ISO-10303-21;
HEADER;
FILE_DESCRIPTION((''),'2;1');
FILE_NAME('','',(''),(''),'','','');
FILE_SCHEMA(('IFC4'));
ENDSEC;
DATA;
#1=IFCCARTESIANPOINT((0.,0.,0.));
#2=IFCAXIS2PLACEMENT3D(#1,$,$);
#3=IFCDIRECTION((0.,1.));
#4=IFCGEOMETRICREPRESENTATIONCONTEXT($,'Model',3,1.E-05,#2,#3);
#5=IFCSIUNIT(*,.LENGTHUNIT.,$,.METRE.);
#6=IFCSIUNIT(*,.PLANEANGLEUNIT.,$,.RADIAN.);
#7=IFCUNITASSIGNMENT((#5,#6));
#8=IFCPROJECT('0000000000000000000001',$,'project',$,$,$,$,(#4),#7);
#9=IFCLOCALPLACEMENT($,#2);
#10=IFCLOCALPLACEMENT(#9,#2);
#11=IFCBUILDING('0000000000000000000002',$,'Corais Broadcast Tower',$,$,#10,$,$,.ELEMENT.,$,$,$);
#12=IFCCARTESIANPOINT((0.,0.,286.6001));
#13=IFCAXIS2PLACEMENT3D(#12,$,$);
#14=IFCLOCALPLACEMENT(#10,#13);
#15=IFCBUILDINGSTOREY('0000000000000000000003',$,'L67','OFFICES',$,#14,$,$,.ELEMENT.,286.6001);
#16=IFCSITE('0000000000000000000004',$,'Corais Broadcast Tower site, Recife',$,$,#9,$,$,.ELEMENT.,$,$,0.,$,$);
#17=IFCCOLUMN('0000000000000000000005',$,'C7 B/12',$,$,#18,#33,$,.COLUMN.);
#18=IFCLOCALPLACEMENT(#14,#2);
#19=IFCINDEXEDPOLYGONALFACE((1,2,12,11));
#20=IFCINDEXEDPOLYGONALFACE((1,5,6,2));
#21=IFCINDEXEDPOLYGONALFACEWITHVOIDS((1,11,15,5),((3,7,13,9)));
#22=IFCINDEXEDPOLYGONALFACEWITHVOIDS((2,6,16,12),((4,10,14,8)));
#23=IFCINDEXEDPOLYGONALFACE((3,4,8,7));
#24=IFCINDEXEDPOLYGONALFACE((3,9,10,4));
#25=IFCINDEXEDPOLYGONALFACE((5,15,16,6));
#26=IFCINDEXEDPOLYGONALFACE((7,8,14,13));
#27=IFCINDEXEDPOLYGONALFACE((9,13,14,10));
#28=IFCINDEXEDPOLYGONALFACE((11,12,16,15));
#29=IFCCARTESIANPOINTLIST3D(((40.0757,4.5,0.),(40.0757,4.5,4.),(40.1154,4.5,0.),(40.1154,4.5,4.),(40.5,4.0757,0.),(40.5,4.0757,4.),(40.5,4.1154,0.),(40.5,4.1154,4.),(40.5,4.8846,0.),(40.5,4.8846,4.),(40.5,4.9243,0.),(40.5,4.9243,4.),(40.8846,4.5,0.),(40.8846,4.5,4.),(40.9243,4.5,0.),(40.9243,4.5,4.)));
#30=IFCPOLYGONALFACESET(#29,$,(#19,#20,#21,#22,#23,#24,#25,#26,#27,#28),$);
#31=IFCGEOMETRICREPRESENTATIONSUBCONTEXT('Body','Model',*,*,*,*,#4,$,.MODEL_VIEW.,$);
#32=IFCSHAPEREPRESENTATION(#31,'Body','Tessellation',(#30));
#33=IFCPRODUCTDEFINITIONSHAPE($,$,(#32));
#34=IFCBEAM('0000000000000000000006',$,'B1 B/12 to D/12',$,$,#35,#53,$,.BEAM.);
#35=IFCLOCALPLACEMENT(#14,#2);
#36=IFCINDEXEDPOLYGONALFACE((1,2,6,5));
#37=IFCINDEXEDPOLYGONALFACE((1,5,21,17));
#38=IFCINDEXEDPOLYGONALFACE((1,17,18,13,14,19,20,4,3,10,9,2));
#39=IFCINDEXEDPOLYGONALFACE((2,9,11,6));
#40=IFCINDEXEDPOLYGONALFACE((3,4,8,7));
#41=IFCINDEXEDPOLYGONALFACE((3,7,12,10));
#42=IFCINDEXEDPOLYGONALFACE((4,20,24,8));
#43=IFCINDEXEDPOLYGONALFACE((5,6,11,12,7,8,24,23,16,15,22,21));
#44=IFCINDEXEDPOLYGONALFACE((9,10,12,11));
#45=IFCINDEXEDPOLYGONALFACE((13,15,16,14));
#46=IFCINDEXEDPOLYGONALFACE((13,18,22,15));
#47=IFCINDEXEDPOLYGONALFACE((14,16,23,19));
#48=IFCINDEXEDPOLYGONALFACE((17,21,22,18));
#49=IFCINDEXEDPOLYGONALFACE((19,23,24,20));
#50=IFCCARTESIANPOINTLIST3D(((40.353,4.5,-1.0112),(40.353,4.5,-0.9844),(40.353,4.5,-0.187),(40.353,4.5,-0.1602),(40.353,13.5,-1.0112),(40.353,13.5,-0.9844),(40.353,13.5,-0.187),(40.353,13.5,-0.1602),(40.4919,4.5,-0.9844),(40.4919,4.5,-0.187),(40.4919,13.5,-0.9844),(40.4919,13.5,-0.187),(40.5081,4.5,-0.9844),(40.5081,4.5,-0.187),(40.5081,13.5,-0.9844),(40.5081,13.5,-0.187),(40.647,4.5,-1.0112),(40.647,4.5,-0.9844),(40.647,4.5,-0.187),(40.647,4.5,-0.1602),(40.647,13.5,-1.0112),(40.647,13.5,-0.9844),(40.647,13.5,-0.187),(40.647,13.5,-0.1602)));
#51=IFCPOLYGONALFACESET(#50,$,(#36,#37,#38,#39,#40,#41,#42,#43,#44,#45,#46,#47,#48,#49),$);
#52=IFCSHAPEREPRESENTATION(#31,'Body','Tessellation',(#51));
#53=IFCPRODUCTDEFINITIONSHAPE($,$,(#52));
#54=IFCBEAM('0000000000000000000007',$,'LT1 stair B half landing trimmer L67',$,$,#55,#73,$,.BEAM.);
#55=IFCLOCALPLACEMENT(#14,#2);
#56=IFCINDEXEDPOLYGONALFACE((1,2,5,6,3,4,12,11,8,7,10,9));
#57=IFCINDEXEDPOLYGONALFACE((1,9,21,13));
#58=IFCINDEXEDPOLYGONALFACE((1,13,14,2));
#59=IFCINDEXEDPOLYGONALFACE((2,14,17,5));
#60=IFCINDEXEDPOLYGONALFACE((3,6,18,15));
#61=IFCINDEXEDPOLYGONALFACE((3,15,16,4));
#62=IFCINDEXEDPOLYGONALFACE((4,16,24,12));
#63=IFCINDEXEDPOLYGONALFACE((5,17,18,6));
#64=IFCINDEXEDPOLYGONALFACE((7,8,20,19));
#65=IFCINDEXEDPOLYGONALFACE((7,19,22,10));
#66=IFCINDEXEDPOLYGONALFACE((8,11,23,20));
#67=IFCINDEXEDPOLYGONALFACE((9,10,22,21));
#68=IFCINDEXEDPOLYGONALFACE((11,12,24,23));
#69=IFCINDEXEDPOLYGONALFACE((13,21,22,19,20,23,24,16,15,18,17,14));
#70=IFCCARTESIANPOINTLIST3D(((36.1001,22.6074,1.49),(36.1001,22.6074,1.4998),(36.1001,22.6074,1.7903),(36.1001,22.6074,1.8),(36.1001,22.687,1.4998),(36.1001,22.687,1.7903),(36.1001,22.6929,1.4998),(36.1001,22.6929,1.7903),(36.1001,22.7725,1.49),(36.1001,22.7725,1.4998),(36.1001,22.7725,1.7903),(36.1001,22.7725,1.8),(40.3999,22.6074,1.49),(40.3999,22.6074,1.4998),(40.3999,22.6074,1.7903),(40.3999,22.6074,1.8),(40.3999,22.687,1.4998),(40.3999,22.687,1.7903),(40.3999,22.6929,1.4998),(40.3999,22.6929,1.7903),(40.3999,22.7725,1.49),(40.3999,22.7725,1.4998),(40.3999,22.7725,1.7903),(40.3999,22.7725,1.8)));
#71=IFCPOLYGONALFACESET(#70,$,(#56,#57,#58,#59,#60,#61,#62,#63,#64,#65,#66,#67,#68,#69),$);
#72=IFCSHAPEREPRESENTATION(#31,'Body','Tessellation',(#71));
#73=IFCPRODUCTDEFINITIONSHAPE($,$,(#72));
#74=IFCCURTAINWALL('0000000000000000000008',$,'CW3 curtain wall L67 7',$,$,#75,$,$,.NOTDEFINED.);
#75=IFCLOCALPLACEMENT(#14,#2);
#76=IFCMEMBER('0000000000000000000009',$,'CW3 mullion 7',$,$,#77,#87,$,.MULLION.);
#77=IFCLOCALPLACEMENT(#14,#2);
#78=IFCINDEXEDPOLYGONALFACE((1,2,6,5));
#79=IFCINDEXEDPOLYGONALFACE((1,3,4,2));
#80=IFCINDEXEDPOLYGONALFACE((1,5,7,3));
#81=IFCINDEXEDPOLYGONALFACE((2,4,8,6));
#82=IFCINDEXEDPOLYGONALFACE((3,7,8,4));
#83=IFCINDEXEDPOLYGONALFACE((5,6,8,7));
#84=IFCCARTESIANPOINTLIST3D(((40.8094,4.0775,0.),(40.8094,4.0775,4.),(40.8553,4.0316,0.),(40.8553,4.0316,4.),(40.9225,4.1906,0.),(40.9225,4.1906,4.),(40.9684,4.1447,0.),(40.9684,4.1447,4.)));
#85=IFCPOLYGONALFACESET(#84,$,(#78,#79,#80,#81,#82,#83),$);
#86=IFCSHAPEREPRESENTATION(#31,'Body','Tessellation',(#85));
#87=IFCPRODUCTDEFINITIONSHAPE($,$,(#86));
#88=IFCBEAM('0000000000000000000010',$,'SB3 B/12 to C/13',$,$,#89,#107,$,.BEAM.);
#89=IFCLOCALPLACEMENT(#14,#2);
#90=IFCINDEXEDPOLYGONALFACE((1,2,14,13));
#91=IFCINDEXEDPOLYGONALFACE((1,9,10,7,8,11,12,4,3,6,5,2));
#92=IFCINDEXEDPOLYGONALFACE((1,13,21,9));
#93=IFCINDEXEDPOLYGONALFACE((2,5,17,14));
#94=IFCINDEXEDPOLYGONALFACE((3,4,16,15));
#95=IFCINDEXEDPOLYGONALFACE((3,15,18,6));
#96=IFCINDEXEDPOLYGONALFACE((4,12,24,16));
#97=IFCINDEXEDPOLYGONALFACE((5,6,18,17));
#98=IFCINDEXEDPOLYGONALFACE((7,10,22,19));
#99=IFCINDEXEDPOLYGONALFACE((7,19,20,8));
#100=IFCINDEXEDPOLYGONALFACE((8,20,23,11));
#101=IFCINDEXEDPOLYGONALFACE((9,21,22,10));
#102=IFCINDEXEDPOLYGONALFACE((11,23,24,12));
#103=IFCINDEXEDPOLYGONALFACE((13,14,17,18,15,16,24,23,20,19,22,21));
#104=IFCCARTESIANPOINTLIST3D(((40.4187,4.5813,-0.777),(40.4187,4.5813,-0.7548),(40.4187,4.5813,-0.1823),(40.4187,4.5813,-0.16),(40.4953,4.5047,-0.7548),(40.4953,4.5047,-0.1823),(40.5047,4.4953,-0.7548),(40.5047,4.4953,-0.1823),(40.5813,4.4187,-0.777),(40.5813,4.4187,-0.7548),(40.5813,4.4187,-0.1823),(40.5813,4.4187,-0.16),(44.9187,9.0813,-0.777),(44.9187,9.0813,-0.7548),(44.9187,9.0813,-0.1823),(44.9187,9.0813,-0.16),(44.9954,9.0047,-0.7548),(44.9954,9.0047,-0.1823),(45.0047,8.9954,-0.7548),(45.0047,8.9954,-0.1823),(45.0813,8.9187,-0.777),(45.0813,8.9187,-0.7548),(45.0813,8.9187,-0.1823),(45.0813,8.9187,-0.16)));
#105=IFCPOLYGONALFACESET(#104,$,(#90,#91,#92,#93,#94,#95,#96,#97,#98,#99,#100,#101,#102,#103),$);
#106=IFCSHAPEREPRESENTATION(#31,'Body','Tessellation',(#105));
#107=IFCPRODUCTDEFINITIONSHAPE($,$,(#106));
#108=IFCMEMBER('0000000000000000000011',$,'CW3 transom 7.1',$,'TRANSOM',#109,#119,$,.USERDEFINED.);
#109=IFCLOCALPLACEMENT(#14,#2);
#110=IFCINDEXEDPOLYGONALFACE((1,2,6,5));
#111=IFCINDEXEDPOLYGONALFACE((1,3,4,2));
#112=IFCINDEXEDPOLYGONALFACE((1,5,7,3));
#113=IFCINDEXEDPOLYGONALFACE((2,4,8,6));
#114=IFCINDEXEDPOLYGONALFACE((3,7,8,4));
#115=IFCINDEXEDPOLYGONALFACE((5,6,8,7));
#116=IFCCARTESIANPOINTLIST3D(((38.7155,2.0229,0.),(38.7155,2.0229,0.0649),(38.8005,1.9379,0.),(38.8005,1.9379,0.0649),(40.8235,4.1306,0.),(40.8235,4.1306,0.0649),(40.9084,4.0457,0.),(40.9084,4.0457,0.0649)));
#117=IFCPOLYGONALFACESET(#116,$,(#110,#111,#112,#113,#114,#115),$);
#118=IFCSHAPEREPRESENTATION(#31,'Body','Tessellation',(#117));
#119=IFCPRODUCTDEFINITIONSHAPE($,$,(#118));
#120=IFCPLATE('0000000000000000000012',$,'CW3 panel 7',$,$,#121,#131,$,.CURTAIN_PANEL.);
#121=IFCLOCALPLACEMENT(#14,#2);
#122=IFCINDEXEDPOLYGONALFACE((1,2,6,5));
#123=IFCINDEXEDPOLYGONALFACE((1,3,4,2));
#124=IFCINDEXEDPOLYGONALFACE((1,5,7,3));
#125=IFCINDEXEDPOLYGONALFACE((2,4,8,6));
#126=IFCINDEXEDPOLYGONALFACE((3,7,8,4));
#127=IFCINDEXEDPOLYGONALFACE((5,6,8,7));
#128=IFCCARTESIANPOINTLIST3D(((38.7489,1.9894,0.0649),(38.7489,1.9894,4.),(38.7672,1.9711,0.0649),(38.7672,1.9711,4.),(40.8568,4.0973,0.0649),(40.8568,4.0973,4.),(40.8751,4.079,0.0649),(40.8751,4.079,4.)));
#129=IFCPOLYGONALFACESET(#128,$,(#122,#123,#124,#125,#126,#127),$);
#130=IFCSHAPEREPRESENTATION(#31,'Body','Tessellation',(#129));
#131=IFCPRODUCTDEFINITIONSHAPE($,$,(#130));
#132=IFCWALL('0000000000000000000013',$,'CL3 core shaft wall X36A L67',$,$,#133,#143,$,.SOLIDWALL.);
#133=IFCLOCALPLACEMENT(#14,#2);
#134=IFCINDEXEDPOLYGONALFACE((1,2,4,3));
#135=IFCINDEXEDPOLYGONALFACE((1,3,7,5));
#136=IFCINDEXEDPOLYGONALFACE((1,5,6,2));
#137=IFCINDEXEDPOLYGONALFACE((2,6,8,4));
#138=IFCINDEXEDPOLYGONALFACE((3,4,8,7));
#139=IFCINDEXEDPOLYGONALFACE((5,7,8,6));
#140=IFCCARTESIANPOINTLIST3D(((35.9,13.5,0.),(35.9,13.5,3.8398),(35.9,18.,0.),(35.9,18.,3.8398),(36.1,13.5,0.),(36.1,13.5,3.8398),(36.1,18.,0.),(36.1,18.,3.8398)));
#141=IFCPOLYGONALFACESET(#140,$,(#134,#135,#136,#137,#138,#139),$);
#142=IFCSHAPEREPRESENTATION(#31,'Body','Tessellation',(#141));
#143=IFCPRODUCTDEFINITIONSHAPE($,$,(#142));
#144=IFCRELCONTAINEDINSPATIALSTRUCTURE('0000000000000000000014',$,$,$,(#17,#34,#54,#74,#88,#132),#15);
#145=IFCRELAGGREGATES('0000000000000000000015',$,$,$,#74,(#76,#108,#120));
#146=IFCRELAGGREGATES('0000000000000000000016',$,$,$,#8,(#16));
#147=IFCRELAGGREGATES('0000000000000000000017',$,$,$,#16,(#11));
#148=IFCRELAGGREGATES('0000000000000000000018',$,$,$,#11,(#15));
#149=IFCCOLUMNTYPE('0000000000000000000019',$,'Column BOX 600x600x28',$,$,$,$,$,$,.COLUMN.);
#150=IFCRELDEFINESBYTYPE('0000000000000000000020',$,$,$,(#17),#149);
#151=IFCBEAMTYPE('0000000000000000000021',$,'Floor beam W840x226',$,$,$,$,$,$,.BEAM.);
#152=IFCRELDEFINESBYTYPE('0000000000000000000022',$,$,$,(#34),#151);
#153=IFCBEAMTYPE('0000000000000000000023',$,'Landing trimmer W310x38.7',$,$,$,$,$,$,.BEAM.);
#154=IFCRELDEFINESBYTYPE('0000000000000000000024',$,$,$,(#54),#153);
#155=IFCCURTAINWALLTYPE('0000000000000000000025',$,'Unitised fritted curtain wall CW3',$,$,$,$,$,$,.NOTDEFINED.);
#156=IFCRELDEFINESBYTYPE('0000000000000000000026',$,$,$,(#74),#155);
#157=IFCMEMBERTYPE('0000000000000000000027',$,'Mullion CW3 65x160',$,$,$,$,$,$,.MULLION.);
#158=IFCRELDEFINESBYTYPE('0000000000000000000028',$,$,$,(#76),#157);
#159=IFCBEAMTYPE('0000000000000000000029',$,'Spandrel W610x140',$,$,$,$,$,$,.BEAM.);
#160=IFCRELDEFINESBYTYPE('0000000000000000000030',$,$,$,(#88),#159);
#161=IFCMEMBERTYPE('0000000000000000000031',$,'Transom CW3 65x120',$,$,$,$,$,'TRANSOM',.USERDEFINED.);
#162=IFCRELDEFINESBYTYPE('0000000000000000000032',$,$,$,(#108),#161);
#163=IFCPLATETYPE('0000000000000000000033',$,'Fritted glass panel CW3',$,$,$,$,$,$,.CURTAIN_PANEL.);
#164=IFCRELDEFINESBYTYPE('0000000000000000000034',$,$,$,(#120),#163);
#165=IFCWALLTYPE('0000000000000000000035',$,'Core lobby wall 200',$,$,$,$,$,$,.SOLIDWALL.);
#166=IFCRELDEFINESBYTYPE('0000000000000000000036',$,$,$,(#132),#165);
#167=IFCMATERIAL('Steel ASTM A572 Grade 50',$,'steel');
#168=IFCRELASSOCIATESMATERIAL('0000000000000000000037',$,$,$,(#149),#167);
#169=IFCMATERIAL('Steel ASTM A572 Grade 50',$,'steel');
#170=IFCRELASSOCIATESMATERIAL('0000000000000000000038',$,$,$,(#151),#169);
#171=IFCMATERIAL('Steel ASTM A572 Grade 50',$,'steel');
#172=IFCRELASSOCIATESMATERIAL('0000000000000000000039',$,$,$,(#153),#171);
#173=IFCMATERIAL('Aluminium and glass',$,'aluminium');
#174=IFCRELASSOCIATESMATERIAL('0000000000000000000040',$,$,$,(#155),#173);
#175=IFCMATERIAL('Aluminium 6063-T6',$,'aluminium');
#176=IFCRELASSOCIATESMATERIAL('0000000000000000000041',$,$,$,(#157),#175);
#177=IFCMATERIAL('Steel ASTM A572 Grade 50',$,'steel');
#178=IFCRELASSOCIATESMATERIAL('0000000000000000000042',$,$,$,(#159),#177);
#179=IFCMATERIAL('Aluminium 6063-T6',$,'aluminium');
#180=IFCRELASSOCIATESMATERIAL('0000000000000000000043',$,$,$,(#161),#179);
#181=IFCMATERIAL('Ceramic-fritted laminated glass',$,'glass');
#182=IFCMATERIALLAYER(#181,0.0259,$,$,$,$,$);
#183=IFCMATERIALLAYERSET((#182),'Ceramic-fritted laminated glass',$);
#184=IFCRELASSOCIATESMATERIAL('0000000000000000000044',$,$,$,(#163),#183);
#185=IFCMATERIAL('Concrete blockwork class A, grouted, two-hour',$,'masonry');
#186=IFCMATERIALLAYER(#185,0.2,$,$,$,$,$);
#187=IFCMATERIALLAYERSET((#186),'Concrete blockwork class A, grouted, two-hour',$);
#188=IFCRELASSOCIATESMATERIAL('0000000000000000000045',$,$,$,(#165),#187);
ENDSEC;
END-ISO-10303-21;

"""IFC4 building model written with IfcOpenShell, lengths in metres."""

from ifc_helpers import new_model, si_unit, direction, frame, frame_2d, origin, origin_2d, place, context, subcontext, project, spatial, rectangle, hollow_rectangle, i_section, extrude, material, layer, layer_set, material_profile, profile_set, type_object, element, aggregate, save


model = new_model("IFC4")

# Units and contexts
model_context = context("Model", 3, precision=1e-05, world=origin(), true_north=direction((0.0, 1.0)))
body_context = subcontext(model_context, "Body", "Model", "MODEL_VIEW")
ifc_project = project(units=[si_unit("LENGTHUNIT", "METRE"), si_unit("PLANEANGLEUNIT", "RADIAN")], contexts=[model_context])

# Site, building, storey
site_placement = place(None, origin())
site = spatial("IfcSite", under=ifc_project, at=site_placement, Name="Corais Broadcast Tower site, Recife", CompositionType="ELEMENT", RefElevation=0.0)
building_placement = place(site_placement, origin())
building = spatial("IfcBuilding", under=site, at=building_placement, Name="Corais Broadcast Tower", CompositionType="ELEMENT")
storey_placement = place(building_placement, frame((0.0, 0.0, 286.6001)))
storey = spatial("IfcBuildingStorey", under=building, at=storey_placement, Name="L67", Description="OFFICES", CompositionType="ELEMENT", Elevation=286.6001)

# Column
ifc_material_1 = material(Name="Steel ASTM A572 Grade 50", Category="steel")
ifc_material_profile_1 = material_profile(ifc_material_1, hollow_rectangle(XDim=0.6001, YDim=0.6001, WallThickness=0.0281, at=origin_2d()), Name="BOX 600x600x28")
ifc_profile_set_1 = profile_set([ifc_material_profile_1], Name="Steel ASTM A572 Grade 50")
column_type = type_object("IfcColumnType", Name="Column BOX 600x600x28", PredefinedType="COLUMN", material=ifc_profile_set_1)
column_placement = place(storey_placement, frame((40.5, 4.5, 0.0), z_axis=(0.0, 0.0, 1.0), x_axis=(0.707107, 0.707107, 0.0)))
element("IfcColumn", 1, at=column_placement, inside=storey, type_object=column_type, Name="C7 B/12", PredefinedType="COLUMN", context=body_context, shape_type="SweptSolid", body=[
    extrude(hollow_rectangle(XDim=0.6001, YDim=0.6001, WallThickness=0.0281, at=origin_2d()), origin(), (0.0, 0.0, 1.0), 4.0),
])

# Beams
ifc_material_2 = material(Name="Steel ASTM A572 Grade 50", Category="steel")
ifc_material_profile_2 = material_profile(ifc_material_2, i_section(OverallWidth=0.2939, OverallDepth=0.8511, WebThickness=0.0161, FlangeThickness=0.0269, at=origin_2d()), Name="W840x226")
ifc_profile_set_2 = profile_set([ifc_material_profile_2], Name="Steel ASTM A572 Grade 50")
beam_type_1 = type_object("IfcBeamType", Name="Floor beam W840x226", PredefinedType="BEAM", material=ifc_profile_set_2)
beam_1_placement = place(storey_placement, frame((40.5, 4.5, -0.5857), z_axis=(0.0, 1.0, 0.0), x_axis=(-1.0, 0.0, 0.0)))
element("IfcBeam", 2, at=beam_1_placement, inside=storey, type_object=beam_type_1, Name="B1 B/12 to D/12", PredefinedType="BEAM", context=body_context, shape_type="SweptSolid", body=[
    extrude(i_section(OverallWidth=0.2939, OverallDepth=0.8511, WebThickness=0.0161, FlangeThickness=0.0269, at=origin_2d()), origin(), (0.0, 0.0, 1.0), 9.0),
])
ifc_material_3 = material(Name="Steel ASTM A572 Grade 50", Category="steel")
ifc_material_profile_3 = material_profile(ifc_material_3, i_section(OverallWidth=0.165, OverallDepth=0.3101, WebThickness=0.0059, FlangeThickness=0.0098, at=origin_2d()), Name="W310x38.7")
ifc_profile_set_3 = profile_set([ifc_material_profile_3], Name="Steel ASTM A572 Grade 50")
beam_type_2 = type_object("IfcBeamType", Name="Landing trimmer W310x38.7", PredefinedType="BEAM", material=ifc_profile_set_3)
beam_2_placement = place(storey_placement, frame((36.1001, 22.6899, 1.645), z_axis=(1.0, 0.0, 0.0), x_axis=(0.0, 1.0, 0.0)))
element("IfcBeam", 3, at=beam_2_placement, inside=storey, type_object=beam_type_2, Name="LT1 stair B half landing trimmer L67", PredefinedType="BEAM", context=body_context, shape_type="SweptSolid", body=[
    extrude(i_section(OverallWidth=0.165, OverallDepth=0.3101, WebThickness=0.0059, FlangeThickness=0.0098, at=origin_2d()), origin(), (0.0, 0.0, 1.0), 4.2998),
])

# Curtain wall, member
ifc_material_4 = material(Name="Aluminium and glass", Category="aluminium")
curtain_wall_type = type_object("IfcCurtainWallType", Name="Unitised fritted curtain wall CW3", PredefinedType="NOTDEFINED", material=ifc_material_4)
curtain_wall_placement = place(storey_placement, origin())
curtain_wall = element("IfcCurtainWall", 4, at=curtain_wall_placement, inside=storey, type_object=curtain_wall_type, Name="CW3 curtain wall L67 7", PredefinedType="NOTDEFINED")
ifc_material_5 = material(Name="Aluminium 6063-T6", Category="aluminium")
ifc_material_profile_4 = material_profile(ifc_material_5, rectangle(XDim=0.0649, YDim=0.1599, at=origin_2d()), Name="Mullion CW3 65x160")
ifc_profile_set_4 = profile_set([ifc_material_profile_4], Name="Aluminium 6063-T6")
member_type_1 = type_object("IfcMemberType", Name="Mullion CW3 65x160", PredefinedType="MULLION", material=ifc_profile_set_4)
member_1_placement = place(storey_placement, frame((40.8889, 4.1111, 0.0), z_axis=(0.0, 0.0, 1.0), x_axis=(0.707107, -0.707107, 0.0)))
member_1 = element("IfcMember", 5, at=member_1_placement, type_object=member_type_1, Name="CW3 mullion 7", PredefinedType="MULLION", context=body_context, shape_type="SweptSolid", body=[
    extrude(rectangle(XDim=0.0649, YDim=0.1599, at=origin_2d()), origin(), (0.0, 0.0, 1.0), 4.0),
])

# Beam
ifc_material_6 = material(Name="Steel ASTM A572 Grade 50", Category="steel")
ifc_material_profile_5 = material_profile(ifc_material_6, i_section(OverallWidth=0.23, OverallDepth=0.6169, WebThickness=0.0132, FlangeThickness=0.0222, at=origin_2d()), Name="W610x140")
ifc_profile_set_5 = profile_set([ifc_material_profile_5], Name="Steel ASTM A572 Grade 50")
beam_type_3 = type_object("IfcBeamType", Name="Spandrel W610x140", PredefinedType="BEAM", material=ifc_profile_set_5)
beam_3_placement = place(storey_placement, frame((40.5, 4.5, -0.4685), z_axis=(0.707107, 0.707107, 0.0), x_axis=(-0.707107, 0.707107, 0.0)))
element("IfcBeam", 6, at=beam_3_placement, inside=storey, type_object=beam_type_3, Name="SB3 B/12 to C/13", PredefinedType="BEAM", context=body_context, shape_type="SweptSolid", body=[
    extrude(i_section(OverallWidth=0.23, OverallDepth=0.6169, WebThickness=0.0132, FlangeThickness=0.0222, at=origin_2d()), origin(), (0.0, 0.0, 1.0), 6.364),
])

# Member
ifc_material_7 = material(Name="Aluminium 6063-T6", Category="aluminium")
ifc_material_profile_6 = material_profile(ifc_material_7, rectangle(XDim=0.1201, YDim=0.0649, at=origin_2d()), Name="Transom CW3 65x120")
ifc_profile_set_6 = profile_set([ifc_material_profile_6], Name="Aluminium 6063-T6")
member_type_2 = type_object("IfcMemberType", Name="Transom CW3 65x120", ElementType="TRANSOM", PredefinedType="USERDEFINED", material=ifc_profile_set_6)
member_2_placement = place(storey_placement, frame((40.866, 4.0881, 0.0325), z_axis=(-0.707148, -0.707066, 0.0), x_axis=(0.707066, -0.707148, 0.0)))
member_2 = element("IfcMember", 7, at=member_2_placement, type_object=member_type_2, Name="CW3 transom 7.1", ObjectType="TRANSOM", PredefinedType="USERDEFINED", context=body_context, shape_type="SweptSolid", body=[
    extrude(rectangle(XDim=0.1201, YDim=0.0649, at=origin_2d()), origin(), (0.0, 0.0, 1.0), 2.981),
])

# Plate
ifc_material_8 = material(Name="Ceramic-fritted laminated glass", Category="glass")
ifc_layer_1 = layer(ifc_material_8, 0.0259)
ifc_layer_set_1 = layer_set([ifc_layer_1], Name="Ceramic-fritted laminated glass")
plate_type = type_object("IfcPlateType", Name="Fritted glass panel CW3", PredefinedType="CURTAIN_PANEL", material=ifc_layer_set_1)
plate_placement = place(storey_placement, frame((39.812, 3.0342, 0.0649), z_axis=(0.0, 0.0, 1.0), x_axis=(-0.707107, -0.707107, 0.0)))
plate = element("IfcPlate", 8, at=plate_placement, type_object=plate_type, Name="CW3 panel 7", PredefinedType="CURTAIN_PANEL", context=body_context, shape_type="SweptSolid", body=[
    extrude(rectangle(XDim=2.981, YDim=0.0259, at=origin_2d()), origin(), (0.0, 0.0, 1.0), 3.9351),
])
aggregate(curtain_wall, [member_1, member_2, plate])

# Wall
ifc_material_9 = material(Name="Concrete blockwork class A, grouted, two-hour", Category="masonry")
ifc_layer_2 = layer(ifc_material_9, 0.2)
ifc_layer_set_2 = layer_set([ifc_layer_2], Name="Concrete blockwork class A, grouted, two-hour")
wall_type_1 = type_object("IfcWallType", Name="Core lobby wall 200", PredefinedType="SOLIDWALL", material=ifc_layer_set_2)
wall_1_placement = place(storey_placement, frame((36.0, 13.5, 0.0), z_axis=(0.0, 0.0, 1.0), x_axis=(0.0, 1.0, 0.0)))
element("IfcWall", 9, at=wall_1_placement, inside=storey, type_object=wall_type_1, Name="CL3 core shaft wall X36A L67", PredefinedType="SOLIDWALL", context=body_context, shape_type="SweptSolid", body=[
    extrude(rectangle(XDim=4.5, YDim=0.2, at=frame_2d((2.25, 0.0))), origin(), (0.0, 0.0, 1.0), 3.8398),
])

save(model, "model.ifc")
